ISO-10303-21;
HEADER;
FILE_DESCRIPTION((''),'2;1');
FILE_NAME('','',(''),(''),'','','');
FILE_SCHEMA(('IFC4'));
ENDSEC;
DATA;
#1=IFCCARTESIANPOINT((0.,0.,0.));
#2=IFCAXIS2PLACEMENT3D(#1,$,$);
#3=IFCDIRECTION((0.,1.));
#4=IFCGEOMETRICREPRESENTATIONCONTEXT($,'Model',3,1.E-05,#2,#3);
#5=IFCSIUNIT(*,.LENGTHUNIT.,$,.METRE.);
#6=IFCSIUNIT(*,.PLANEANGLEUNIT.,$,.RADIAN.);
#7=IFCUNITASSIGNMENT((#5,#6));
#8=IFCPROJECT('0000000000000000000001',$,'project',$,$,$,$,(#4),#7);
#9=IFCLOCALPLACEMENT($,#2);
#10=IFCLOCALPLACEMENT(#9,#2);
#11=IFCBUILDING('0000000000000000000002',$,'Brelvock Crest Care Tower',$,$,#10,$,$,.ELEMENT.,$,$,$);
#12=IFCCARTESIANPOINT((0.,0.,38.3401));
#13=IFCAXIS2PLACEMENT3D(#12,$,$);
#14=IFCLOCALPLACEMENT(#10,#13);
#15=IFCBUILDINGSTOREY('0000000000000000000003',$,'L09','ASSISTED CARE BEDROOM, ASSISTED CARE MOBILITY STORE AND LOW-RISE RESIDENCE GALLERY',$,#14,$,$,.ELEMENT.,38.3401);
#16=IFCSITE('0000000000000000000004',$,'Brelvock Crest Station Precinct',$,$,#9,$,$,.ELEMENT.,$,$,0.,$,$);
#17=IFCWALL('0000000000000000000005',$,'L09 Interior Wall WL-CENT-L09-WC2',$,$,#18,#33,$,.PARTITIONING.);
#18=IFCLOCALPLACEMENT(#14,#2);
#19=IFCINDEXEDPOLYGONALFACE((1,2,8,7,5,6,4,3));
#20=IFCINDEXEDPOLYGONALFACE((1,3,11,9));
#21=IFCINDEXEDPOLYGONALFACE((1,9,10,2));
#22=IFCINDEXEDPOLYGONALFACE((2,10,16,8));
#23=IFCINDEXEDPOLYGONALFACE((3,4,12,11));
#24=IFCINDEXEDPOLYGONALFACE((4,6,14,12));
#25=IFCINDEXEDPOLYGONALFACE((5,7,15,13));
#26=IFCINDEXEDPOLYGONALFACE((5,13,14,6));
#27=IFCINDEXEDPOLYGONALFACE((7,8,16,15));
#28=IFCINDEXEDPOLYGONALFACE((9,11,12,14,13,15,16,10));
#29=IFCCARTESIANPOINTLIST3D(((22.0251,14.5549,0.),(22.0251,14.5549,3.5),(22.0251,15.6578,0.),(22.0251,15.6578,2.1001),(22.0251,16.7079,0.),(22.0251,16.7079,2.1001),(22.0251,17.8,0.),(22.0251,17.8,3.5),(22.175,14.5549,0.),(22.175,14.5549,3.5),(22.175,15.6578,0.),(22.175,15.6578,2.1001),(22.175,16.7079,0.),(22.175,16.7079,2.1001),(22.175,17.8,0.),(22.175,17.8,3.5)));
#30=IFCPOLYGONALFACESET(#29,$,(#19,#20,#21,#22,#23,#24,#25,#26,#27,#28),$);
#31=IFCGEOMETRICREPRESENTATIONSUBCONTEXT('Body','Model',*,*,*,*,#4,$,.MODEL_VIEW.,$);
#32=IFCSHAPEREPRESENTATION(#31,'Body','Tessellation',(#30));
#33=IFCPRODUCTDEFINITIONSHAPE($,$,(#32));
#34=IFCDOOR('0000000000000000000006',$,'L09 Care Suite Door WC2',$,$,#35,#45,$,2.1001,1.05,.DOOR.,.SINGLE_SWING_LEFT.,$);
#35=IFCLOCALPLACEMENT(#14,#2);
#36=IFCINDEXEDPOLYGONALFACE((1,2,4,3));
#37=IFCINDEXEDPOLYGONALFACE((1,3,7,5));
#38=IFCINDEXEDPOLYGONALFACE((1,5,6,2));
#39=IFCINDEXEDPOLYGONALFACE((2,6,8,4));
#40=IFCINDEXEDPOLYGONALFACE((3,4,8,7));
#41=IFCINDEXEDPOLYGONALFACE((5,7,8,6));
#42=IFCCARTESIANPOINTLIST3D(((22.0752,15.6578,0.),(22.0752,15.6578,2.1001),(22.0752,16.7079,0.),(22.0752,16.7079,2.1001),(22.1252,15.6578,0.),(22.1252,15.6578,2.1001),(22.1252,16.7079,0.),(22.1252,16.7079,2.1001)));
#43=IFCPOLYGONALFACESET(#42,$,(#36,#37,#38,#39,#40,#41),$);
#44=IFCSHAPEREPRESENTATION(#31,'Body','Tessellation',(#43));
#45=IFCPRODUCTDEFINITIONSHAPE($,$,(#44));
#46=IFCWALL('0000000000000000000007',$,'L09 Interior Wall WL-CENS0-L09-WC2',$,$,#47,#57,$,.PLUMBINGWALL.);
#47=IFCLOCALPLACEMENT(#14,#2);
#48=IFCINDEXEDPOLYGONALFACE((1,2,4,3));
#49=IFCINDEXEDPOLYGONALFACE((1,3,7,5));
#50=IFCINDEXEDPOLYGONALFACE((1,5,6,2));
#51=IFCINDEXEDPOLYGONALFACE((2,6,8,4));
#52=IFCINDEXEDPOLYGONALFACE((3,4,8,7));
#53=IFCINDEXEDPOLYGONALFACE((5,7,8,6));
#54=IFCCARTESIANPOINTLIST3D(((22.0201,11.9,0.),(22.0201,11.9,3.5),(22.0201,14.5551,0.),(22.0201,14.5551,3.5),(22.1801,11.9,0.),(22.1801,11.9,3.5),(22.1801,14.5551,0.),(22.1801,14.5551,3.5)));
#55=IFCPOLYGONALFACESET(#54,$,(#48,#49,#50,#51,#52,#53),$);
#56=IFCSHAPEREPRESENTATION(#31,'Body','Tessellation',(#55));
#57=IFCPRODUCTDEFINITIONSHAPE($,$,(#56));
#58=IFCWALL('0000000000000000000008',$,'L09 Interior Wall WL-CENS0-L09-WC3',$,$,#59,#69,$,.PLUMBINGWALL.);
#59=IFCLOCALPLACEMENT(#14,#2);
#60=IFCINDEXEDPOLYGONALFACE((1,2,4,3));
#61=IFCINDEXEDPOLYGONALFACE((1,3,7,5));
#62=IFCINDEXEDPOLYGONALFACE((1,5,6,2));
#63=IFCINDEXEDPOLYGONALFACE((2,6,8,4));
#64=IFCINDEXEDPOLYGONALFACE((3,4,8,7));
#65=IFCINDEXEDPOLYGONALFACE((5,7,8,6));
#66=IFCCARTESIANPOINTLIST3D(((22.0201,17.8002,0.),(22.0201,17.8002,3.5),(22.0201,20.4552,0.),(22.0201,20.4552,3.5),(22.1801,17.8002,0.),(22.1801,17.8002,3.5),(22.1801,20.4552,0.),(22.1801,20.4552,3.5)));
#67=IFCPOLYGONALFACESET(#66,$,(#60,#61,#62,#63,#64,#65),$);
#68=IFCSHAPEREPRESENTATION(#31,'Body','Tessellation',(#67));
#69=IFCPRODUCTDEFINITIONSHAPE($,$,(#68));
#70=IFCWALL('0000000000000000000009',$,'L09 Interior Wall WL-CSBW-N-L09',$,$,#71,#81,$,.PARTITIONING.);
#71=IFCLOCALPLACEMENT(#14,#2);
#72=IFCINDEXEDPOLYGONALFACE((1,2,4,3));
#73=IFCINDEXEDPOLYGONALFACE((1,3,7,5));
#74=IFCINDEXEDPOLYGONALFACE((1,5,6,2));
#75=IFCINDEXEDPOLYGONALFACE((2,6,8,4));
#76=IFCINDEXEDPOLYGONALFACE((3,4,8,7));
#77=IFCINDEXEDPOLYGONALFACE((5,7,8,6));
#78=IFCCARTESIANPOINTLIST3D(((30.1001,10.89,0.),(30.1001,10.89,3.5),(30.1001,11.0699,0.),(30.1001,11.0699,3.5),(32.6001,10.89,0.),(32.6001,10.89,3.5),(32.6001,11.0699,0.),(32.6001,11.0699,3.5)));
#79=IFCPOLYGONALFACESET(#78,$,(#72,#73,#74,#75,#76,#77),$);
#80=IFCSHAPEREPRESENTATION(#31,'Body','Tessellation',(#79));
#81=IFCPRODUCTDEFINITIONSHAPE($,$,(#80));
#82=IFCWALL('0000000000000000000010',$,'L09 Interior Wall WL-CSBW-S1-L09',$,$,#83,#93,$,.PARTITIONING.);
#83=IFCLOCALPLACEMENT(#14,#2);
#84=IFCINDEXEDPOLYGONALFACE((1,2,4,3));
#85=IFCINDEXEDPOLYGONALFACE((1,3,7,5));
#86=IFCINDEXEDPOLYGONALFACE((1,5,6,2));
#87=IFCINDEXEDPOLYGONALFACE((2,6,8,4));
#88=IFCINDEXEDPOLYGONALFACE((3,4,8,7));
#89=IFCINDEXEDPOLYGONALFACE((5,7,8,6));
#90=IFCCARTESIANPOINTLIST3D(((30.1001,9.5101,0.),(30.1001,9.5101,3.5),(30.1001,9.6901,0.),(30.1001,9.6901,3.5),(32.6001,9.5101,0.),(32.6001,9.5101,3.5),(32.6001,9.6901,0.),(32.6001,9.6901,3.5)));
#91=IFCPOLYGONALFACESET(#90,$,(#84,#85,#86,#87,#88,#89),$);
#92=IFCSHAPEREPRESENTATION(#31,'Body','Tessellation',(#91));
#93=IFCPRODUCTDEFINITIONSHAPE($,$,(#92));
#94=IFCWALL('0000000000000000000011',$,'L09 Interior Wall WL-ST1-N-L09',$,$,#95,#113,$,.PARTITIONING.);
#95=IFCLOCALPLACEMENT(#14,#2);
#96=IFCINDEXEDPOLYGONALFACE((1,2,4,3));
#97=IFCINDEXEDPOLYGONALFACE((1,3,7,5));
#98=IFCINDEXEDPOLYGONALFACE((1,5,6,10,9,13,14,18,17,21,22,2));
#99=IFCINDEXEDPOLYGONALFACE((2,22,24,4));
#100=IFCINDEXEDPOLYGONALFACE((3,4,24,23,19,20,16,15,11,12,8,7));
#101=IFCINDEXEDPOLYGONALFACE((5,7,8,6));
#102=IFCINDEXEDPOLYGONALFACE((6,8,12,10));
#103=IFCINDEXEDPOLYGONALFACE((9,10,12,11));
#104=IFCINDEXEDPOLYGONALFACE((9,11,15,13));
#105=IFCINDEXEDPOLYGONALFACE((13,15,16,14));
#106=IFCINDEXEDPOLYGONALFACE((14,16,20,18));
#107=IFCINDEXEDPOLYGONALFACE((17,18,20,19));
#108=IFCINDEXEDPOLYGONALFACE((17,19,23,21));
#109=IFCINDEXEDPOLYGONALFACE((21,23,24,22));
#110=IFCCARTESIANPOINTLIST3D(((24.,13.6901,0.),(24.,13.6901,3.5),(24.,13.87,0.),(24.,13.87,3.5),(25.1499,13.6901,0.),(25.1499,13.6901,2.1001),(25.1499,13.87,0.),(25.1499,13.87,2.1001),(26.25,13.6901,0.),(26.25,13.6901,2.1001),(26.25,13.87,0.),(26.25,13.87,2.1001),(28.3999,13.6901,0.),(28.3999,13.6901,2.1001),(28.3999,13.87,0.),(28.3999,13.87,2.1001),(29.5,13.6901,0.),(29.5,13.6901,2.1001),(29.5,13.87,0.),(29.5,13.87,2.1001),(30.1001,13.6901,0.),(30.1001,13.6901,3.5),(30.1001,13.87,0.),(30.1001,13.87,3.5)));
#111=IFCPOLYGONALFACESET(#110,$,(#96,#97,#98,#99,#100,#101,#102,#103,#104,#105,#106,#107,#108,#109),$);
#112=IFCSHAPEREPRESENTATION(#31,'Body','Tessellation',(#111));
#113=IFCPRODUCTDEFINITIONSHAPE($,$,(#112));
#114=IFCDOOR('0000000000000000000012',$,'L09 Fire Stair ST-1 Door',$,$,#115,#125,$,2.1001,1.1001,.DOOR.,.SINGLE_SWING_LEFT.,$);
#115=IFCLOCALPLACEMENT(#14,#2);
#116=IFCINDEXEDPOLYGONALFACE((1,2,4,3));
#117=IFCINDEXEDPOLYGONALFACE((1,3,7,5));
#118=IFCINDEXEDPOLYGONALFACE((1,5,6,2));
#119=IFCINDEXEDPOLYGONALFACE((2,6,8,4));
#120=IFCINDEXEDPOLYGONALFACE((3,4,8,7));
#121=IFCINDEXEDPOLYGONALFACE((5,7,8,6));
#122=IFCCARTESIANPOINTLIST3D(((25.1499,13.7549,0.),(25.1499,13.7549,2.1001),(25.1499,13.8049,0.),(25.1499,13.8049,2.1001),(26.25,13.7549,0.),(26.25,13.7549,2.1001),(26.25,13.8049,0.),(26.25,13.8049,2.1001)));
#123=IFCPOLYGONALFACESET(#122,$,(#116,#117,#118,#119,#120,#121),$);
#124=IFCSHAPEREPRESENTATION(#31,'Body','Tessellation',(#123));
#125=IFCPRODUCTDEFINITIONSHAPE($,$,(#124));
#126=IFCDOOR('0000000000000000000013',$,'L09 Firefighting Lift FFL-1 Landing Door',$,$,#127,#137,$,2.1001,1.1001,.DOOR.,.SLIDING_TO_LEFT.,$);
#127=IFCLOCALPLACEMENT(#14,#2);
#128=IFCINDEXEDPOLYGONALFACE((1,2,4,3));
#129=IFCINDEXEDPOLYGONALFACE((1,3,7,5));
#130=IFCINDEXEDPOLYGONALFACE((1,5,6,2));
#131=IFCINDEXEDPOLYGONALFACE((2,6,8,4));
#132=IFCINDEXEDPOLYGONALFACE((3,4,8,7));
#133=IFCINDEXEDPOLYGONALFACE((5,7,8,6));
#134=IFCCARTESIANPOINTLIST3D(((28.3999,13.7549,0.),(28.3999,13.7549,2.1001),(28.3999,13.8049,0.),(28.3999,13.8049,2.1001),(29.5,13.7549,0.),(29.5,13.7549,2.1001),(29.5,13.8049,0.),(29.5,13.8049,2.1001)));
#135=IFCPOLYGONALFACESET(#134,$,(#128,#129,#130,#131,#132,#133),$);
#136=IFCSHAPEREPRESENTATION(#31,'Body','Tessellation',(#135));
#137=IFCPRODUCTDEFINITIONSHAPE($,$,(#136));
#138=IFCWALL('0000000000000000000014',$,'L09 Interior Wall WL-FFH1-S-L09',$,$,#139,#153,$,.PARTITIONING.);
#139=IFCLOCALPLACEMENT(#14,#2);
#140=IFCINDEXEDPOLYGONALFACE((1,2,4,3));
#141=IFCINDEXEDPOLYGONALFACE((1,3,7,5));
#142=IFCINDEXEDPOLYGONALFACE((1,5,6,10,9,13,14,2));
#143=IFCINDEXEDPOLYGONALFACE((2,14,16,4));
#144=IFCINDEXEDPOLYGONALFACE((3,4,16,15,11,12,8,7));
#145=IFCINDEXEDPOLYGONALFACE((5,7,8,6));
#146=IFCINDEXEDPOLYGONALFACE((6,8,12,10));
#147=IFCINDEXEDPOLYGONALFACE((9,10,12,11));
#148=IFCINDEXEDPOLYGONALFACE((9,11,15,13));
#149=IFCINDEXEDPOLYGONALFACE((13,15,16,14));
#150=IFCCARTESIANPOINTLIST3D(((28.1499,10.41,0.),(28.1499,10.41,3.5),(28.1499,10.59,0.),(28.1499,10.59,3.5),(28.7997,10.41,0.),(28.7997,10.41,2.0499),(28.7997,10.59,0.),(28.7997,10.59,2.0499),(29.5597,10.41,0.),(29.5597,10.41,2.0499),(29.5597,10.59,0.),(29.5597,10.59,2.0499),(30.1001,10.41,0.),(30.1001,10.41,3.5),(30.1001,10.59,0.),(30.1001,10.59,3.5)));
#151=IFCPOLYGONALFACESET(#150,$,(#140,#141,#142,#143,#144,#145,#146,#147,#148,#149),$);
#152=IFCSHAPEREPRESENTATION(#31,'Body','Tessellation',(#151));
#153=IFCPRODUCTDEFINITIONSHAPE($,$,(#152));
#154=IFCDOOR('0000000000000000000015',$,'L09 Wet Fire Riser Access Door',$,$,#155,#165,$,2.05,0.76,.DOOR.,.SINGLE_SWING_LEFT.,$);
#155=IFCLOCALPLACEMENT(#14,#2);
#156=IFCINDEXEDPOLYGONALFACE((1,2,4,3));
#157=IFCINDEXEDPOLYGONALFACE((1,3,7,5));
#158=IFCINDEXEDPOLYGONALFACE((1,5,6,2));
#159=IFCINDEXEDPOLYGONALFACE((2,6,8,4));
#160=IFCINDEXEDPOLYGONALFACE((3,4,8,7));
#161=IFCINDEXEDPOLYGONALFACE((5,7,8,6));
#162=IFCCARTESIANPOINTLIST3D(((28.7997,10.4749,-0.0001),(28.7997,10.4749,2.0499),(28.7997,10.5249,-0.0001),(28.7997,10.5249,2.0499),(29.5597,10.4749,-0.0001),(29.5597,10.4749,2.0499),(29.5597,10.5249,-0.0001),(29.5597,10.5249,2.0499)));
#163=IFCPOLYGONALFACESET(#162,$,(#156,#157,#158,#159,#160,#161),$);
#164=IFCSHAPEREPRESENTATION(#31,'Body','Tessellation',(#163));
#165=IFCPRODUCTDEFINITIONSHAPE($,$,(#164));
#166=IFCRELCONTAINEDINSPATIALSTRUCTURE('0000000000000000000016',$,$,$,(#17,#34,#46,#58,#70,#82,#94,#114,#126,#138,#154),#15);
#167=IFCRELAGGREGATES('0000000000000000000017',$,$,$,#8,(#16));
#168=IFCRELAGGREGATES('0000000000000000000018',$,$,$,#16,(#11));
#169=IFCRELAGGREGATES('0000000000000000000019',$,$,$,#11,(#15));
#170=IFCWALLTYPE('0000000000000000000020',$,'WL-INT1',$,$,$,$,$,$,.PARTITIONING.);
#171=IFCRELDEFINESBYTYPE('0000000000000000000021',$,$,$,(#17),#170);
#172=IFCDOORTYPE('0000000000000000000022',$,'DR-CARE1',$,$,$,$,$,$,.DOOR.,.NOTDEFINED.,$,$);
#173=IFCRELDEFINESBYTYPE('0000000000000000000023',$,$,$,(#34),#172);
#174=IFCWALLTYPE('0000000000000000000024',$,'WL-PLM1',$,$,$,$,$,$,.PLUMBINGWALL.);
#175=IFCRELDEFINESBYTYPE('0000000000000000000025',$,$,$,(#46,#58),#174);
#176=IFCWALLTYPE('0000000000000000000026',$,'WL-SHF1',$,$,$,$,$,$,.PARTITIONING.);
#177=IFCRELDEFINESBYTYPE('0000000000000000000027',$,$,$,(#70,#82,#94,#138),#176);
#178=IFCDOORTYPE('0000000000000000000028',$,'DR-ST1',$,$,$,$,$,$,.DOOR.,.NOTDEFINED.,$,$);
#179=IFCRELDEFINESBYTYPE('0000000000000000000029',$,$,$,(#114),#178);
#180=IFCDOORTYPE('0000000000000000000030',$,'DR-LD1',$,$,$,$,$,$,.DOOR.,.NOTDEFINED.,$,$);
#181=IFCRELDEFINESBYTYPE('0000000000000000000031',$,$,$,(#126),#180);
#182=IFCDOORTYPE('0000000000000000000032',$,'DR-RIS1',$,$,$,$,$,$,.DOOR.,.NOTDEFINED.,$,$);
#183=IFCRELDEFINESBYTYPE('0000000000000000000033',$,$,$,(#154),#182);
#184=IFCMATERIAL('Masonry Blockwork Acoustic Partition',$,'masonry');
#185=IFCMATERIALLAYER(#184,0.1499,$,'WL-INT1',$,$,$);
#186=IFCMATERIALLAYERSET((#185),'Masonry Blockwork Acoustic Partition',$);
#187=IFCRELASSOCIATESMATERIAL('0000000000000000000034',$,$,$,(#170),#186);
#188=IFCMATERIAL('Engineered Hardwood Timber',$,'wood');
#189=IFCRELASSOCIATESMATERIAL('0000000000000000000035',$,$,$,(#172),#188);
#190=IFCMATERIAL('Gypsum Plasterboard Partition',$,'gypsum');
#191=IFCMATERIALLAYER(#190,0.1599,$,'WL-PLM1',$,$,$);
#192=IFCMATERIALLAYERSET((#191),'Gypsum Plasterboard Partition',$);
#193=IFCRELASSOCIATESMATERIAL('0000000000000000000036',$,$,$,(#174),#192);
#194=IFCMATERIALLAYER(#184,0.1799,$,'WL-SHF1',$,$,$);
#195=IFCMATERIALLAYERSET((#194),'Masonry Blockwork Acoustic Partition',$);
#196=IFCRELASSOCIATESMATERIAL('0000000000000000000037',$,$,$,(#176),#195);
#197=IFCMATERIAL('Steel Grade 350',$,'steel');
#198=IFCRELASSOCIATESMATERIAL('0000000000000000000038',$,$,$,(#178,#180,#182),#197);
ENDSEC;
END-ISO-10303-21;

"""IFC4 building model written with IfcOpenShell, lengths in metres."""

from ifc_helpers import new_model, si_unit, direction, frame, frame_2d, origin, origin_2d, place, context, subcontext, project, spatial, rectangle, extrude, source, transform, mapped, material, layer, layer_set, type_object, element, fill, save


model = new_model("IFC4")

# Units and contexts
model_context = context("Model", 3, precision=1e-05, world=origin(), true_north=direction((0.0, 1.0)))
body_context = subcontext(model_context, "Body", "Model", "MODEL_VIEW")
ifc_project = project(units=[si_unit("LENGTHUNIT", "METRE"), si_unit("PLANEANGLEUNIT", "RADIAN")], contexts=[model_context])

# Site, building, storey
site_placement = place(None, origin())
site = spatial("IfcSite", under=ifc_project, at=site_placement, Name="Brelvock Crest Station Precinct", CompositionType="ELEMENT", RefElevation=0.0)
building_placement = place(site_placement, origin())
building = spatial("IfcBuilding", under=site, at=building_placement, Name="Brelvock Crest Care Tower", CompositionType="ELEMENT")
storey_placement = place(building_placement, frame((0.0, 0.0, 38.3401)))
storey = spatial("IfcBuildingStorey", under=building, at=storey_placement, Name="L09", Description="ASSISTED CARE BEDROOM, ASSISTED CARE MOBILITY STORE AND LOW-RISE RESIDENCE GALLERY", CompositionType="ELEMENT", Elevation=38.3401)

# Wall, opening, door
ifc_material_1 = material(Name="Masonry Blockwork Acoustic Partition", Category="masonry")
ifc_layer_1 = layer(ifc_material_1, 0.1499, Name="WL-INT1")
ifc_layer_set_1 = layer_set([ifc_layer_1], Name="Masonry Blockwork Acoustic Partition")
wall_type_1 = type_object("IfcWallType", Name="WL-INT1", PredefinedType="PARTITIONING", material=ifc_layer_set_1)
wall_1_placement = place(storey_placement, frame((22.1001, 14.5549, 0.0), z_axis=(0.0, 0.0, 1.0), x_axis=(0.0, 1.0, 0.0)))
wall_1 = element("IfcWall", 1, at=wall_1_placement, inside=storey, type_object=wall_type_1, Name="L09 Interior Wall WL-CENT-L09-WC2", PredefinedType="PARTITIONING", context=body_context, shape_type="SweptSolid", body=[
    extrude(rectangle(XDim=3.2451, YDim=0.1499, at=frame_2d((1.6226, 0.0))), origin(), (0.0, 0.0, 1.0), 3.5),
])
opening_1_placement = place(wall_1_placement, frame((1.103, 0.0, 0.0)))
opening_1 = element("IfcOpeningElement", 2, at=opening_1_placement, cuts=wall_1, PredefinedType="OPENING", context=body_context, shape_type="SweptSolid", body=[
    extrude(rectangle(XDim=1.05, YDim=2.1001, at=origin_2d()), frame((0.5249, 0.085, 1.05), z_axis=(0.0, -1.0, 0.0), x_axis=(1.0, 0.0, 0.0)), (0.0, 0.0, 1.0), 0.1699),
])
ifc_material_2 = material(Name="Engineered Hardwood Timber", Category="wood")
door_type_1 = type_object("IfcDoorType", Name="DR-CARE1", OperationType="NOTDEFINED", PredefinedType="DOOR", material=ifc_material_2)
shared_shape_1 = source(origin(), body_context, "Body", "SweptSolid", [
    extrude(rectangle(XDim=1.05, YDim=2.1001, at=origin_2d()), frame((0.5249, 0.0249, 1.05), z_axis=(0.0, -1.0, 0.0), x_axis=(1.0, 0.0, 0.0)), (0.0, 0.0, 1.0), 0.05),
])
door_1_placement = place(opening_1_placement, origin())
door_1 = element("IfcDoor", 3, at=door_1_placement, inside=storey, type_object=door_type_1, Name="L09 Care Suite Door WC2", OperationType="SINGLE_SWING_LEFT", OverallHeight=2.1001, OverallWidth=1.05, PredefinedType="DOOR", context=body_context, shape_type="MappedRepresentation", body=[
    mapped(shared_shape_1, transform((0.0, 0.0, 0.0), x_axis=(1.0, 0.0, 0.0), y_axis=(0.0, 1.0, 0.0), z_axis=(0.0, 0.0, 1.0), scale=1.0)),
])
fill(opening_1, door_1)

# Walls
ifc_material_3 = material(Name="Gypsum Plasterboard Partition", Category="gypsum")
ifc_layer_2 = layer(ifc_material_3, 0.1599, Name="WL-PLM1")
ifc_layer_set_2 = layer_set([ifc_layer_2], Name="Gypsum Plasterboard Partition")
wall_type_2 = type_object("IfcWallType", Name="WL-PLM1", PredefinedType="PLUMBINGWALL", material=ifc_layer_set_2)
for number, where, z_axis, x_axis, name in (
    (4, (22.1001, 11.8999, 0.0), (0.0, 0.0, 1.0), (0.0, 1.0, 0.0), "L09 Interior Wall WL-CENS0-L09-WC2"),
    (5, (22.1001, 17.8, 0.0), (0.0, 0.0, 1.0), (0.0, 1.0, 0.0), "L09 Interior Wall WL-CENS0-L09-WC3"),
):
    element("IfcWall", number, at=place(storey_placement, frame(where, z_axis=z_axis, x_axis=x_axis)), inside=storey, type_object=wall_type_2, Name=name, PredefinedType="PLUMBINGWALL", context=body_context, shape_type="SweptSolid", body=[
        extrude(rectangle(XDim=2.655, YDim=0.1599, at=frame_2d((1.3276, 0.0))), origin(), (0.0, 0.0, 1.0), 3.5),
    ])
ifc_layer_3 = layer(ifc_material_1, 0.1799, Name="WL-SHF1")
ifc_layer_set_3 = layer_set([ifc_layer_3], Name="Masonry Blockwork Acoustic Partition")
wall_type_3 = type_object("IfcWallType", Name="WL-SHF1", PredefinedType="PARTITIONING", material=ifc_layer_set_3)
for number, where, z_axis, x_axis, name in (
    (6, (30.1001, 10.98, 0.0), (0.0, 0.0, 1.0), (1.0, 0.0, 0.0), "L09 Interior Wall WL-CSBW-N-L09"),
    (7, (30.1001, 9.6001, 0.0), (0.0, 0.0, 1.0), (1.0, 0.0, 0.0), "L09 Interior Wall WL-CSBW-S1-L09"),
):
    element("IfcWall", number, at=place(storey_placement, frame(where, z_axis=z_axis, x_axis=x_axis)), inside=storey, type_object=wall_type_3, Name=name, PredefinedType="PARTITIONING", context=body_context, shape_type="SweptSolid", body=[
        extrude(rectangle(XDim=2.5, YDim=0.1799, at=frame_2d((1.25, 0.0))), origin(), (0.0, 0.0, 1.0), 3.5),
    ])

# Wall, openings, doors
wall_2_placement = place(storey_placement, frame((24.0, 13.78, 0.0), z_axis=(0.0, 0.0, 1.0), x_axis=(1.0, 0.0, 0.0)))
wall_2 = element("IfcWall", 8, at=wall_2_placement, inside=storey, type_object=wall_type_3, Name="L09 Interior Wall WL-ST1-N-L09", PredefinedType="PARTITIONING", context=body_context, shape_type="SweptSolid", body=[
    extrude(rectangle(XDim=6.1001, YDim=0.1799, at=frame_2d((3.05, 0.0))), origin(), (0.0, 0.0, 1.0), 3.5),
])
opening_2_placement = place(wall_2_placement, frame((1.1499, 0.0, 0.0)))
opening_2 = element("IfcOpeningElement", 9, at=opening_2_placement, cuts=wall_2, PredefinedType="OPENING", context=body_context, shape_type="SweptSolid", body=[
    extrude(rectangle(XDim=1.1001, YDim=2.1001, at=origin_2d()), frame((0.55, 0.1001, 1.05), z_axis=(0.0, -1.0, 0.0), x_axis=(1.0, 0.0, 0.0)), (0.0, 0.0, 1.0), 0.2),
])
opening_3_placement = place(wall_2_placement, frame((4.3999, 0.0, 0.0)))
opening_3 = element("IfcOpeningElement", 10, at=opening_3_placement, cuts=wall_2, PredefinedType="OPENING", context=body_context, shape_type="SweptSolid", body=[
    extrude(rectangle(XDim=1.1001, YDim=2.1001, at=origin_2d()), frame((0.55, 0.1001, 1.05), z_axis=(0.0, -1.0, 0.0), x_axis=(1.0, 0.0, 0.0)), (0.0, 0.0, 1.0), 0.2),
])
ifc_material_4 = material(Name="Steel Grade 350", Category="steel")
door_type_2 = type_object("IfcDoorType", Name="DR-ST1", OperationType="NOTDEFINED", PredefinedType="DOOR", material=ifc_material_4)
shared_shape_2 = source(origin(), body_context, "Body", "SweptSolid", [
    extrude(rectangle(XDim=1.1001, YDim=2.1001, at=origin_2d()), frame((0.55, 0.0249, 1.05), z_axis=(0.0, -1.0, 0.0), x_axis=(1.0, 0.0, 0.0)), (0.0, 0.0, 1.0), 0.05),
])
door_2_placement = place(opening_2_placement, origin())
door_2 = element("IfcDoor", 11, at=door_2_placement, inside=storey, type_object=door_type_2, Name="L09 Fire Stair ST-1 Door", OperationType="SINGLE_SWING_LEFT", OverallHeight=2.1001, OverallWidth=1.1001, PredefinedType="DOOR", context=body_context, shape_type="MappedRepresentation", body=[
    mapped(shared_shape_2, transform((0.0, 0.0, 0.0), x_axis=(1.0, 0.0, 0.0), y_axis=(0.0, 1.0, 0.0), z_axis=(0.0, 0.0, 1.0), scale=1.0)),
])
fill(opening_2, door_2)
door_type_3 = type_object("IfcDoorType", Name="DR-LD1", OperationType="NOTDEFINED", PredefinedType="DOOR", material=ifc_material_4)
shared_shape_3 = source(origin(), body_context, "Body", "SweptSolid", [
    extrude(rectangle(XDim=1.1001, YDim=2.1001, at=origin_2d()), frame((0.55, 0.0249, 1.05), z_axis=(0.0, -1.0, 0.0), x_axis=(1.0, 0.0, 0.0)), (0.0, 0.0, 1.0), 0.05),
])
door_3_placement = place(opening_3_placement, origin())
door_3 = element("IfcDoor", 12, at=door_3_placement, inside=storey, type_object=door_type_3, Name="L09 Firefighting Lift FFL-1 Landing Door", OperationType="SLIDING_TO_LEFT", OverallHeight=2.1001, OverallWidth=1.1001, PredefinedType="DOOR", context=body_context, shape_type="MappedRepresentation", body=[
    mapped(shared_shape_3, transform((0.0, 0.0, 0.0), x_axis=(1.0, 0.0, 0.0), y_axis=(0.0, 1.0, 0.0), z_axis=(0.0, 0.0, 1.0), scale=1.0)),
])
fill(opening_3, door_3)

# Wall, opening, door
wall_3_placement = place(storey_placement, frame((28.1499, 10.5, 0.0), z_axis=(0.0, 0.0, 1.0), x_axis=(1.0, 0.0, 0.0)))
wall_3 = element("IfcWall", 13, at=wall_3_placement, inside=storey, type_object=wall_type_3, Name="L09 Interior Wall WL-FFH1-S-L09", PredefinedType="PARTITIONING", context=body_context, shape_type="SweptSolid", body=[
    extrude(rectangle(XDim=1.9502, YDim=0.1799, at=frame_2d((0.9751, 0.0))), origin(), (0.0, 0.0, 1.0), 3.5),
])
opening_4_placement = place(wall_3_placement, frame((0.6499, 0.0, 0.0)))
opening_4 = element("IfcOpeningElement", 14, at=opening_4_placement, cuts=wall_3, PredefinedType="OPENING", context=body_context, shape_type="SweptSolid", body=[
    extrude(rectangle(XDim=0.76, YDim=2.05, at=origin_2d()), frame((0.3799, 0.1001, 1.0249), z_axis=(0.0, -1.0, 0.0), x_axis=(1.0, 0.0, 0.0)), (0.0, 0.0, 1.0), 0.2),
])
door_type_4 = type_object("IfcDoorType", Name="DR-RIS1", OperationType="NOTDEFINED", PredefinedType="DOOR", material=ifc_material_4)
shared_shape_4 = source(origin(), body_context, "Body", "SweptSolid", [
    extrude(rectangle(XDim=0.76, YDim=2.05, at=origin_2d()), frame((0.3799, 0.0249, 1.0249), z_axis=(0.0, -1.0, 0.0), x_axis=(1.0, 0.0, 0.0)), (0.0, 0.0, 1.0), 0.05),
])
door_4_placement = place(opening_4_placement, origin())
door_4 = element("IfcDoor", 15, at=door_4_placement, inside=storey, type_object=door_type_4, Name="L09 Wet Fire Riser Access Door", OperationType="SINGLE_SWING_LEFT", OverallHeight=2.05, OverallWidth=0.76, PredefinedType="DOOR", context=body_context, shape_type="MappedRepresentation", body=[
    mapped(shared_shape_4, transform((0.0, 0.0, 0.0), x_axis=(1.0, 0.0, 0.0), y_axis=(0.0, 1.0, 0.0), z_axis=(0.0, 0.0, 1.0), scale=1.0)),
])
fill(opening_4, door_4)

save(model, "model.ifc")
